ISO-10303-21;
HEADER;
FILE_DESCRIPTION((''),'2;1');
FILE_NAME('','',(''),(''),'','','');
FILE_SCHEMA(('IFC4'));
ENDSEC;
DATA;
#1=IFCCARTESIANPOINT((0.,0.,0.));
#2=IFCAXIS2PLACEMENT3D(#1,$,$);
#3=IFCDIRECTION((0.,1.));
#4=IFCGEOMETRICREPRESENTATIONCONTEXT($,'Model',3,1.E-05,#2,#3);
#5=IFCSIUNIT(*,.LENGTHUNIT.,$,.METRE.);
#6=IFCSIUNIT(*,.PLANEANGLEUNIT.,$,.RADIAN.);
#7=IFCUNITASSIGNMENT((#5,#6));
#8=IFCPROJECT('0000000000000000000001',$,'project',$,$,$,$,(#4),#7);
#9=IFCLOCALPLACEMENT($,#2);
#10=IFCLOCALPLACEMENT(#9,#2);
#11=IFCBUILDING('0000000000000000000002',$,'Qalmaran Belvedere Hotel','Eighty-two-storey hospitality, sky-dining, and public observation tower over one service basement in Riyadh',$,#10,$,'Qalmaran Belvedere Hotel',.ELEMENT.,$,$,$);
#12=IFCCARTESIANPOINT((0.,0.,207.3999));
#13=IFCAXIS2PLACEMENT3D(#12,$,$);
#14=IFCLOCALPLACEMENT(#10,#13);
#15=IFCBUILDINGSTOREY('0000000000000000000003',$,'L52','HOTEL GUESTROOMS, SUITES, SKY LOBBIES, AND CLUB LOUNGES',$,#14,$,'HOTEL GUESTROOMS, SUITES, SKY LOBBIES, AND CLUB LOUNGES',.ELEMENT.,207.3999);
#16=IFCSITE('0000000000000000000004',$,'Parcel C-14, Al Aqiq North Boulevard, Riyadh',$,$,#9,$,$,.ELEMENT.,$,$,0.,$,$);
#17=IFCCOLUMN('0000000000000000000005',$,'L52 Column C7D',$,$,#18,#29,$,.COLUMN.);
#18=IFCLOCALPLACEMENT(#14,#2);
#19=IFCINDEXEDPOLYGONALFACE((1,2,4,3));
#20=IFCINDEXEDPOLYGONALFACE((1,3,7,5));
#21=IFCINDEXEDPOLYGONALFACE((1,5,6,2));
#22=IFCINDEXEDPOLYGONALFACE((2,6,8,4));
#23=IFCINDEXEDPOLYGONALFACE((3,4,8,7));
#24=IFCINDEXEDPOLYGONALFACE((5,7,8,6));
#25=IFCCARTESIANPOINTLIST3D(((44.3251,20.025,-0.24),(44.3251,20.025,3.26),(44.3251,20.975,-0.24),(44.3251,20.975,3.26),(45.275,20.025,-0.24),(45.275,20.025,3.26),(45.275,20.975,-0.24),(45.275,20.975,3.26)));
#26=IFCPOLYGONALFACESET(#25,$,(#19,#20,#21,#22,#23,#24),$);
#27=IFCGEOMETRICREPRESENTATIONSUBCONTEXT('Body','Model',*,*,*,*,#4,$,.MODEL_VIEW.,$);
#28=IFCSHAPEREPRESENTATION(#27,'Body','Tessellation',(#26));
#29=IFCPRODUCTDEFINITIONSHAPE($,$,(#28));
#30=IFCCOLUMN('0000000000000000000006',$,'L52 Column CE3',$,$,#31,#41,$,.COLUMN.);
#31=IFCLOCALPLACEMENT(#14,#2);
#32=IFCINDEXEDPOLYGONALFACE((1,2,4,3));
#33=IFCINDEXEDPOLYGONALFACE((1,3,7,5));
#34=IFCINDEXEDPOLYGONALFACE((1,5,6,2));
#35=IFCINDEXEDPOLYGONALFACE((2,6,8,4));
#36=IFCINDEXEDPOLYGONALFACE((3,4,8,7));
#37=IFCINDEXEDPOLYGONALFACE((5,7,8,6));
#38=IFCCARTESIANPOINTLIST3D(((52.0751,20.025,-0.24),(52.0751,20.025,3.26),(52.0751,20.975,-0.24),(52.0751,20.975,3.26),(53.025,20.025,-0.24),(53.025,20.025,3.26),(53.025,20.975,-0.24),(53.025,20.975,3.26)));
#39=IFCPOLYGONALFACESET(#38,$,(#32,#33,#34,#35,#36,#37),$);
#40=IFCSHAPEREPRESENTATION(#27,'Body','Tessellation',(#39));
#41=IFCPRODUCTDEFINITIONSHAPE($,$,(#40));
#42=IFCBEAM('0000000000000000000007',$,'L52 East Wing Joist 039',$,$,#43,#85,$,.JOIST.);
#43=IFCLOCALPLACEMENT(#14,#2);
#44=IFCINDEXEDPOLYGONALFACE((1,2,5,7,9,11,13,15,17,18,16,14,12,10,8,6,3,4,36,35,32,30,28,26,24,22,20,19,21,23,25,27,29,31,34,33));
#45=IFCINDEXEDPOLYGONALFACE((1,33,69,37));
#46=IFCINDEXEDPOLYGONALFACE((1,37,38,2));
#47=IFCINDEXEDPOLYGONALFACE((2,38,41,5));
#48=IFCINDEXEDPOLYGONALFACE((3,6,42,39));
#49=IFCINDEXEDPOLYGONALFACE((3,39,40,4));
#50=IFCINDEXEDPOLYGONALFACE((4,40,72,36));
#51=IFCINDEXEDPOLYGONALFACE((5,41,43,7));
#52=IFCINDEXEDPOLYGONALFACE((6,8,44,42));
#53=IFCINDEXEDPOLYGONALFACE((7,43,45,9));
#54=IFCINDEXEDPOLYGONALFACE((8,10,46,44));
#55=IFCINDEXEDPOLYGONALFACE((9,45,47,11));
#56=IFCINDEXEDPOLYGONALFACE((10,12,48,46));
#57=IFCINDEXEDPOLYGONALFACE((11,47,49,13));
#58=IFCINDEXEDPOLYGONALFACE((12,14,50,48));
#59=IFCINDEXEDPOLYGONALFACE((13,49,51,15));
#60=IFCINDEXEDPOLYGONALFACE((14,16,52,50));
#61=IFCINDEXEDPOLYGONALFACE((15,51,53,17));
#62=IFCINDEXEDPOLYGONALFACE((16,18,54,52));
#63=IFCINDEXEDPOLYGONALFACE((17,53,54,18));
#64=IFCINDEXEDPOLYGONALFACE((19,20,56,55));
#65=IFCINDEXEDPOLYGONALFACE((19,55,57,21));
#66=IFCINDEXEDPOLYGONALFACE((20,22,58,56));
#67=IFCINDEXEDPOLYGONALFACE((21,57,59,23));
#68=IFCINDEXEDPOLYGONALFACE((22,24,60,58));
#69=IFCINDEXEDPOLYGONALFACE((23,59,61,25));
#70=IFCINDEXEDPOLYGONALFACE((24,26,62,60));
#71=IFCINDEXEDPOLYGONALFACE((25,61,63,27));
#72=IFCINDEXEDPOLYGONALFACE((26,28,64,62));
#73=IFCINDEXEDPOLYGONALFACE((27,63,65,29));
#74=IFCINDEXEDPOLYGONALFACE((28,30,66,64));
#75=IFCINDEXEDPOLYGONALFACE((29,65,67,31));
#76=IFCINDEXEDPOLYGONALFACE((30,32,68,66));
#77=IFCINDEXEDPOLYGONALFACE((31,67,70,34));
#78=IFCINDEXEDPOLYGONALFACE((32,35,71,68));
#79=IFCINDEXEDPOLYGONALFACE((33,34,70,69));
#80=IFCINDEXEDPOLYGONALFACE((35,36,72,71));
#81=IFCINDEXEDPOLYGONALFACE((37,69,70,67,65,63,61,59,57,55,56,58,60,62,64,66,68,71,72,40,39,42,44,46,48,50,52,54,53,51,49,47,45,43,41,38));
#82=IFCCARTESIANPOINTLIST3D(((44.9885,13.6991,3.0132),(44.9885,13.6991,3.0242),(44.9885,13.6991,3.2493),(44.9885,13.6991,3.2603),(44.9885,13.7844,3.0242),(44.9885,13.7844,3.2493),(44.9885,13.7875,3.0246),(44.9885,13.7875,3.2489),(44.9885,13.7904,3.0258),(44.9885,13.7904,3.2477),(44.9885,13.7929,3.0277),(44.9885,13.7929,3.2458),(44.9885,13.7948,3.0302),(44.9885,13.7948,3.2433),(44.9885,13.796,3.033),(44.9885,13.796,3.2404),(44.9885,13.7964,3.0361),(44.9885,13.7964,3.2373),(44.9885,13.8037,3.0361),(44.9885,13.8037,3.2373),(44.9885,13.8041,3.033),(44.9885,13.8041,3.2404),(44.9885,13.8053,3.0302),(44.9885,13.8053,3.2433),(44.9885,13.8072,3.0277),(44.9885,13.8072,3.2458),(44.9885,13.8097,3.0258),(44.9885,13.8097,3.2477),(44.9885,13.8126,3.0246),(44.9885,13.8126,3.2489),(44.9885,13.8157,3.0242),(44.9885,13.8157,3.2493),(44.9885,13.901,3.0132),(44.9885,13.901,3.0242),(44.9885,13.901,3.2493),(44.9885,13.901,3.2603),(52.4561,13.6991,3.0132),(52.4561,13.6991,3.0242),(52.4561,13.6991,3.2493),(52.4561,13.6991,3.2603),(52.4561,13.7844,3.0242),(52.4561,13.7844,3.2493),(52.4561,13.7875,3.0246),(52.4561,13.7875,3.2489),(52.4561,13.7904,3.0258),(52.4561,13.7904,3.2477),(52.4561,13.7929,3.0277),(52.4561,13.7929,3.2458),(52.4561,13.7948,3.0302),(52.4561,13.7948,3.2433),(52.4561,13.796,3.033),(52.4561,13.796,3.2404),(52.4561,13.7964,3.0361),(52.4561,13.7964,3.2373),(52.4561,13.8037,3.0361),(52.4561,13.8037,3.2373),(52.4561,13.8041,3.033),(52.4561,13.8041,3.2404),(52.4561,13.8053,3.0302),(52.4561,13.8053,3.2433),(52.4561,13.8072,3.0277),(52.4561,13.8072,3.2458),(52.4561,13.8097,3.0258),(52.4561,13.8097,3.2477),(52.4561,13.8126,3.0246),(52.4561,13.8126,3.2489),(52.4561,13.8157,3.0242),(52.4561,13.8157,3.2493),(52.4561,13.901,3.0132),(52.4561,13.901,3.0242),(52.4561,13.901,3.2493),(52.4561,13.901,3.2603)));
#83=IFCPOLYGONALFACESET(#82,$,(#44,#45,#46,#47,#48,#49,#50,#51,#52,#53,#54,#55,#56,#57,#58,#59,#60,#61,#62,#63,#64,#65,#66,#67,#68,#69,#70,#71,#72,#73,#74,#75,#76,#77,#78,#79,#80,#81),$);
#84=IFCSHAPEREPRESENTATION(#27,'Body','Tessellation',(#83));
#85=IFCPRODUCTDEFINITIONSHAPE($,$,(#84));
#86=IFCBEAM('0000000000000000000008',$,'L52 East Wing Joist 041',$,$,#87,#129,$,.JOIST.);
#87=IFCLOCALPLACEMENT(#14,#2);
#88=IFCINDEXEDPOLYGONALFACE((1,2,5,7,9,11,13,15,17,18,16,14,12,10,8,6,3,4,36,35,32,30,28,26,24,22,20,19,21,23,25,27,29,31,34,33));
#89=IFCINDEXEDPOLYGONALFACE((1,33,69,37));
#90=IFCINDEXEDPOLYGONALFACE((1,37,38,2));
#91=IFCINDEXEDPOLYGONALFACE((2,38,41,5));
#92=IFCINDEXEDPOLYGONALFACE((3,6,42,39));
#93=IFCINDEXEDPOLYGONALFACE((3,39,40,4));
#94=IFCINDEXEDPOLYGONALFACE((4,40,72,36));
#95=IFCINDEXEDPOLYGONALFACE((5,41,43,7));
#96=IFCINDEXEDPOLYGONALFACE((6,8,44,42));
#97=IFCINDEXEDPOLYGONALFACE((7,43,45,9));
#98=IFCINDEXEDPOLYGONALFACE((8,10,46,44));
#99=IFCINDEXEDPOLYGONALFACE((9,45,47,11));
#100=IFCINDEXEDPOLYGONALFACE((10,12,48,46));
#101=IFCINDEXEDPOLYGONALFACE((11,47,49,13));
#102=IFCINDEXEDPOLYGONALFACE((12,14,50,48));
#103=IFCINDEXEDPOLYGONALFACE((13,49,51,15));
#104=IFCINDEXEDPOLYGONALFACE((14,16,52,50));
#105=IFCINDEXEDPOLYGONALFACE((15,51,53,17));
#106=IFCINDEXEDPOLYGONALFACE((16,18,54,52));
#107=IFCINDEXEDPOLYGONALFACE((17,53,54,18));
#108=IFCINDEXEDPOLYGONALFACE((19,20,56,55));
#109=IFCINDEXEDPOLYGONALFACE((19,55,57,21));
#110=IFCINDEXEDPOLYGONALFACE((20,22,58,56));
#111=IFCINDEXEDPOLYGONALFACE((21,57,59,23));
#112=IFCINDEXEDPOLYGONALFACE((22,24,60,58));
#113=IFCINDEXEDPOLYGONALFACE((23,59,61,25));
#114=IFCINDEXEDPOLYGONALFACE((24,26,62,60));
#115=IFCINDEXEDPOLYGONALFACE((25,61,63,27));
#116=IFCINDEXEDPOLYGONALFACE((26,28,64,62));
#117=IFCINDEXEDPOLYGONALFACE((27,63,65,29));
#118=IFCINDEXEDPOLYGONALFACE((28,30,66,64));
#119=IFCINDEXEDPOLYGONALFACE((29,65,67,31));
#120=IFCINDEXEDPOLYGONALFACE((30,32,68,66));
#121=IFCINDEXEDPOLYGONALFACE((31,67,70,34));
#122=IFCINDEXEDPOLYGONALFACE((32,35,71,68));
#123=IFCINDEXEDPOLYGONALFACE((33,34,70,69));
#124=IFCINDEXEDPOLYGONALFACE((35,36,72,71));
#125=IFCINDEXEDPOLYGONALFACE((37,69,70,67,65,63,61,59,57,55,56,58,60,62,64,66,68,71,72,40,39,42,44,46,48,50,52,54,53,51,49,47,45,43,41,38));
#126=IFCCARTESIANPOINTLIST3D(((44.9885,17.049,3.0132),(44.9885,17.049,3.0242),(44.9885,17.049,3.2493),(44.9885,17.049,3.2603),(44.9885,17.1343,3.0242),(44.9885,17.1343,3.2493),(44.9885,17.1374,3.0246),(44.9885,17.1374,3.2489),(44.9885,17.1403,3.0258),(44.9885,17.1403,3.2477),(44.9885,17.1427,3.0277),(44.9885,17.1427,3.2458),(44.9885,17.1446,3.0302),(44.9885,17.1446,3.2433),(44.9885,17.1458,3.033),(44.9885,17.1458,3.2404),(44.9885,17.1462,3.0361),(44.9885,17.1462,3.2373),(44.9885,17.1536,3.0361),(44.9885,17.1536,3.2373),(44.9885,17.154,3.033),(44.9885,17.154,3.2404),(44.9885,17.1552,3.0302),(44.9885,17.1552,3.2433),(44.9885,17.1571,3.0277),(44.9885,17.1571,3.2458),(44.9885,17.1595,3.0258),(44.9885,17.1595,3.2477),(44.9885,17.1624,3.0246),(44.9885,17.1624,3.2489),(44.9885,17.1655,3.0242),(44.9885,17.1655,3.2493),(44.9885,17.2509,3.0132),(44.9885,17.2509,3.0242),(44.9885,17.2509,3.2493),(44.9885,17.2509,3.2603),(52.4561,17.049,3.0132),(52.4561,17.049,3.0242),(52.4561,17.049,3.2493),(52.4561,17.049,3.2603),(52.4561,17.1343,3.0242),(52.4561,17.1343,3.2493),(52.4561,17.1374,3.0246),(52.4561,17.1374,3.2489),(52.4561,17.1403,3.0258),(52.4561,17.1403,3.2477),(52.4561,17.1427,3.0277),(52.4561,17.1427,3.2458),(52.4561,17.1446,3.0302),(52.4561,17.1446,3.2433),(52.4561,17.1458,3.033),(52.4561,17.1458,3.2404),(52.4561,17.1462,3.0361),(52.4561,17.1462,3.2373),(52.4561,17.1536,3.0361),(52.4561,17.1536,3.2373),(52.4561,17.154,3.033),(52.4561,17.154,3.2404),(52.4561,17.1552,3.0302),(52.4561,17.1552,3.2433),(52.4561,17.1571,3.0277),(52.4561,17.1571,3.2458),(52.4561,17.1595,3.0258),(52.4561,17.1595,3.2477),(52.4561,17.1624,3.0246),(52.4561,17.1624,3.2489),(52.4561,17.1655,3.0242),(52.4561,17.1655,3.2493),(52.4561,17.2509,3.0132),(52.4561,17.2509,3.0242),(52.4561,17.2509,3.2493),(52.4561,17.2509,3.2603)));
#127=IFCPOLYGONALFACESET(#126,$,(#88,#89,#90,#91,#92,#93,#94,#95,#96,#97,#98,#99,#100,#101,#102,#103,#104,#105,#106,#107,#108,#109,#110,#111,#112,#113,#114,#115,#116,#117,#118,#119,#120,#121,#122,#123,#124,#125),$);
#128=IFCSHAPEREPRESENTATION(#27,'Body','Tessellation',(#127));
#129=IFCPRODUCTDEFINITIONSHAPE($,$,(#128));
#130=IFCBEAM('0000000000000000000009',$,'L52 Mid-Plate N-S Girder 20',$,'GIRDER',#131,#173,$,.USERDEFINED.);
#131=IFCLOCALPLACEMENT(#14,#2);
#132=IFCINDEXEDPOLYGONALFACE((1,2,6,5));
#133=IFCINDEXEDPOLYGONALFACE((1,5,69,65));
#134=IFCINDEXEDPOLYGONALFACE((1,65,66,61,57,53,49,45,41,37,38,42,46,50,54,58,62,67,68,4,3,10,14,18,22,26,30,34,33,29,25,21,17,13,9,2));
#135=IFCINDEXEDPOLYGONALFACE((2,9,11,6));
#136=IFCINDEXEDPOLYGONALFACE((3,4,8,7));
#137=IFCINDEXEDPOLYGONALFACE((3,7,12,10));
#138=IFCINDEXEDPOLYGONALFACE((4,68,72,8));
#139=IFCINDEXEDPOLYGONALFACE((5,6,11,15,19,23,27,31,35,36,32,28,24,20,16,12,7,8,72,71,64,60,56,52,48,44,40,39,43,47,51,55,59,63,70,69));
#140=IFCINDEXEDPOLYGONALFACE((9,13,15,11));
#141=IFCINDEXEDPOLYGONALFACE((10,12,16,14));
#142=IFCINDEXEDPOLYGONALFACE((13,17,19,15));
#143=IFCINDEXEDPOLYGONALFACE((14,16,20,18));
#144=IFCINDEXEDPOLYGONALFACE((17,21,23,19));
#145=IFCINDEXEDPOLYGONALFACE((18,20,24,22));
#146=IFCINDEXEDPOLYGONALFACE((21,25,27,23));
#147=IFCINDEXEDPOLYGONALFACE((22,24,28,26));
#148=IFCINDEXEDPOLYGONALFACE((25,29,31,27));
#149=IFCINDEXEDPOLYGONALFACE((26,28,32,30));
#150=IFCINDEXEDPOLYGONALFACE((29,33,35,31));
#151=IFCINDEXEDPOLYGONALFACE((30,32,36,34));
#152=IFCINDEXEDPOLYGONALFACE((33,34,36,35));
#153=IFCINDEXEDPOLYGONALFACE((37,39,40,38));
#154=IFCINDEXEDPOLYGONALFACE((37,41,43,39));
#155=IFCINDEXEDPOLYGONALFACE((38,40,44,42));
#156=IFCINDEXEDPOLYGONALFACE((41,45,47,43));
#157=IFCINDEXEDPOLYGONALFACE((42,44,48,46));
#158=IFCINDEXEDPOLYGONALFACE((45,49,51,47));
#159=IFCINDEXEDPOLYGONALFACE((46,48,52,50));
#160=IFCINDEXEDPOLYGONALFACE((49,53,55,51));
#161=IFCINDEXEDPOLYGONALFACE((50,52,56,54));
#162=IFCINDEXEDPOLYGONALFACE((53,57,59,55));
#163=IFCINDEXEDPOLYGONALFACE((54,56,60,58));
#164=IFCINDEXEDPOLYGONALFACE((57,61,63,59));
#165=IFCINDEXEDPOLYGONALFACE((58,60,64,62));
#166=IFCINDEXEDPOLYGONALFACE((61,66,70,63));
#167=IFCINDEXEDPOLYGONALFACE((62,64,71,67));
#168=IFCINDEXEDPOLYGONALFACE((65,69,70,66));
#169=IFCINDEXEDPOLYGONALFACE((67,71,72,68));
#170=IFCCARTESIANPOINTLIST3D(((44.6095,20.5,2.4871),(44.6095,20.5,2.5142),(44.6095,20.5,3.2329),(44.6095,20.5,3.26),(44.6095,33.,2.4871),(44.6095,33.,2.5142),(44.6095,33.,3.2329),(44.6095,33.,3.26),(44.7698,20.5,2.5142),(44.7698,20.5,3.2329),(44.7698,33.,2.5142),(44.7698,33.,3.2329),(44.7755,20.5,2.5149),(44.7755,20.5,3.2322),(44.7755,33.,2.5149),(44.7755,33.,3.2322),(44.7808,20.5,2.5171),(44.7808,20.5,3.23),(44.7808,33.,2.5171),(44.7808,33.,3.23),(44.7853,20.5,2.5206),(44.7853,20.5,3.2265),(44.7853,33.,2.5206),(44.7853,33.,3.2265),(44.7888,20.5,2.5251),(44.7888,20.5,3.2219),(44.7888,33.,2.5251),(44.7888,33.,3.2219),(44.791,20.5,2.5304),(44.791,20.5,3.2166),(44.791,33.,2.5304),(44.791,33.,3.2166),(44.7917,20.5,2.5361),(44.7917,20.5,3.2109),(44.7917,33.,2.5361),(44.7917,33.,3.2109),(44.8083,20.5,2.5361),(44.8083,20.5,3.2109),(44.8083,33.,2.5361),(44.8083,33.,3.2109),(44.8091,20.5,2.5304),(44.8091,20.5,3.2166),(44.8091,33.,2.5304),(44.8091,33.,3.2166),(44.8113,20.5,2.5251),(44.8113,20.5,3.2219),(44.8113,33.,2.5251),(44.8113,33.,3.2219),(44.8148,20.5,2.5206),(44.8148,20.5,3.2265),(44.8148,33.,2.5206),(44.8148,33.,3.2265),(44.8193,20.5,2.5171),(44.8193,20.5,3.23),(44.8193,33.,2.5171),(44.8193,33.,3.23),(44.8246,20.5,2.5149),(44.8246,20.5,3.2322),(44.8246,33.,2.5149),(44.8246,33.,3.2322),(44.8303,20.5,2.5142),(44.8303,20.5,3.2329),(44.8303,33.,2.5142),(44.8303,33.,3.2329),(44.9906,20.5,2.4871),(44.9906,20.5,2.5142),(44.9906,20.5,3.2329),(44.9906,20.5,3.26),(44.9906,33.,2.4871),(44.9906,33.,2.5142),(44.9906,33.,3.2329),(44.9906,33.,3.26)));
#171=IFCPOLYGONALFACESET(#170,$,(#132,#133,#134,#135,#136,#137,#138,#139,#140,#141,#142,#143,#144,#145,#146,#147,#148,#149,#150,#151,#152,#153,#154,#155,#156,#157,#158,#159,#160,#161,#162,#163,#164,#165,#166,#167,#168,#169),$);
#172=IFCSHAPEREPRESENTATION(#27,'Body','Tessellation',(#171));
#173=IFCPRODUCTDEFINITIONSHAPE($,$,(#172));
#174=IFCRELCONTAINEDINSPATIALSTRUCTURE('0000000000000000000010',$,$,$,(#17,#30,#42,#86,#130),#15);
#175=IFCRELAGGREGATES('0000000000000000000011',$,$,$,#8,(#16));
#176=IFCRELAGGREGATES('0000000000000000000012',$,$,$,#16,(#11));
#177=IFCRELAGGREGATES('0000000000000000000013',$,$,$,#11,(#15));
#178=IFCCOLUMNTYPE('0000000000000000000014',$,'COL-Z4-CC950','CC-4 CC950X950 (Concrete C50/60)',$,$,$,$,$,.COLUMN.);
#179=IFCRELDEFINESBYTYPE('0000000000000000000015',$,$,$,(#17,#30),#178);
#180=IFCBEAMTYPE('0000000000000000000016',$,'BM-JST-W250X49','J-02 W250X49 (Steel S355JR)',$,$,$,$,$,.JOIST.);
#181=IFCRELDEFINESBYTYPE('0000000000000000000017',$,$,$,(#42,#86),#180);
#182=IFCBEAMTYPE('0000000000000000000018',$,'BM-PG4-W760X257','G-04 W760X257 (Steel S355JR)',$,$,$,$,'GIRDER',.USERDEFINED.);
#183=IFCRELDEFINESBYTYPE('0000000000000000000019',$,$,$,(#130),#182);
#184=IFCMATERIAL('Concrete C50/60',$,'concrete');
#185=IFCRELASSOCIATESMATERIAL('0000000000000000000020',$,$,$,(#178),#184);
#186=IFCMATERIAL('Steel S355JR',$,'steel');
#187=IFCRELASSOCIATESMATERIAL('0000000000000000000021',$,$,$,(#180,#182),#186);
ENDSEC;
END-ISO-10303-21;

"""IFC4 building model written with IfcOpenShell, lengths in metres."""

from ifc_helpers import new_model, si_unit, direction, frame, origin, origin_2d, place, context, subcontext, project, spatial, rectangle, i_section, extrude, material, material_profile, profile_set, type_object, element, save


model = new_model("IFC4")

# Units and contexts
model_context = context("Model", 3, precision=1e-05, world=origin(), true_north=direction((0.0, 1.0)))
body_context = subcontext(model_context, "Body", "Model", "MODEL_VIEW")
ifc_project = project(units=[si_unit("LENGTHUNIT", "METRE"), si_unit("PLANEANGLEUNIT", "RADIAN")], contexts=[model_context])

# Site, building, storey
site_placement = place(None, origin())
site = spatial("IfcSite", under=ifc_project, at=site_placement, Name="Parcel C-14, Al Aqiq North Boulevard, Riyadh", CompositionType="ELEMENT", RefElevation=0.0)
building_placement = place(site_placement, origin())
building = spatial("IfcBuilding", under=site, at=building_placement, Name="Qalmaran Belvedere Hotel", Description="Eighty-two-storey hospitality, sky-dining, and public observation tower over one service basement in Riyadh", LongName="Qalmaran Belvedere Hotel", CompositionType="ELEMENT")
storey_placement = place(building_placement, frame((0.0, 0.0, 207.3999)))
storey = spatial("IfcBuildingStorey", under=building, at=storey_placement, Name="L52", Description="HOTEL GUESTROOMS, SUITES, SKY LOBBIES, AND CLUB LOUNGES", LongName="HOTEL GUESTROOMS, SUITES, SKY LOBBIES, AND CLUB LOUNGES", CompositionType="ELEMENT", Elevation=207.3999)

# Columns
ifc_material_1 = material(Name="Concrete C50/60", Category="concrete")
ifc_material_profile_1 = material_profile(ifc_material_1, rectangle(XDim=0.95, YDim=0.95, at=origin_2d()), Name="CC950X950")
ifc_profile_set_1 = profile_set([ifc_material_profile_1], Name="Concrete C50/60")
column_type = type_object("IfcColumnType", Name="COL-Z4-CC950", Description="CC-4 CC950X950 (Concrete C50/60)", PredefinedType="COLUMN", material=ifc_profile_set_1)
for number, where, z_axis, x_axis, name in (
    (1, (44.8, 20.5, -0.24), (0.0, 0.0, 1.0), (1.0, 0.0, 0.0), "L52 Column C7D"),
    (2, (52.55, 20.5, -0.24), (0.0, 0.0, 1.0), (1.0, 0.0, 0.0), "L52 Column CE3"),
):
    element("IfcColumn", number, at=place(storey_placement, frame(where, z_axis=z_axis, x_axis=x_axis)), inside=storey, type_object=column_type, Name=name, PredefinedType="COLUMN", context=body_context, shape_type="SweptSolid", body=[
        extrude(rectangle(XDim=0.95, YDim=0.95, at=origin_2d()), origin(), (0.0, 0.0, 1.0), 3.5),
    ])

# Beams
ifc_material_2 = material(Name="Steel S355JR", Category="steel")
ifc_material_profile_2 = material_profile(ifc_material_2, i_section(OverallWidth=0.2019, OverallDepth=0.2471, WebThickness=0.0073, FlangeThickness=0.011, FilletRadius=0.012, at=origin_2d()), Name="W250X49")
ifc_profile_set_2 = profile_set([ifc_material_profile_2], Name="Steel S355JR")
beam_type_1 = type_object("IfcBeamType", Name="BM-JST-W250X49", Description="J-02 W250X49 (Steel S355JR)", PredefinedType="JOIST", material=ifc_profile_set_2)
for number, where, z_axis, x_axis, name in (
    (3, (44.9885, 13.8, 3.1367), (1.0, 0.0, 0.0), (0.0, 1.0, 0.0), "L52 East Wing Joist 039"),
    (4, (44.9885, 17.1499, 3.1367), (1.0, 0.0, 0.0), (0.0, 1.0, 0.0), "L52 East Wing Joist 041"),
):
    element("IfcBeam", number, at=place(storey_placement, frame(where, z_axis=z_axis, x_axis=x_axis)), inside=storey, type_object=beam_type_1, Name=name, PredefinedType="JOIST", context=body_context, shape_type="SweptSolid", body=[
        extrude(i_section(OverallWidth=0.2019, OverallDepth=0.2471, WebThickness=0.0073, FlangeThickness=0.011, FilletRadius=0.012, at=origin_2d()), origin(), (0.0, 0.0, 1.0), 7.4675),
    ])
ifc_material_profile_3 = material_profile(ifc_material_2, i_section(OverallWidth=0.3811, OverallDepth=0.7729, WebThickness=0.0166, FlangeThickness=0.0271, FilletRadius=0.022, at=origin_2d()), Name="W760X257")
ifc_profile_set_3 = profile_set([ifc_material_profile_3], Name="Steel S355JR")
beam_type_2 = type_object("IfcBeamType", Name="BM-PG4-W760X257", Description="G-04 W760X257 (Steel S355JR)", ElementType="GIRDER", PredefinedType="USERDEFINED", material=ifc_profile_set_3)
beam_1_placement = place(storey_placement, frame((44.8, 20.5, 2.8735), z_axis=(0.0, 1.0, 0.0), x_axis=(-1.0, 0.0, 0.0)))
element("IfcBeam", 5, at=beam_1_placement, inside=storey, type_object=beam_type_2, Name="L52 Mid-Plate N-S Girder 20", ObjectType="GIRDER", PredefinedType="USERDEFINED", context=body_context, shape_type="SweptSolid", body=[
    extrude(i_section(OverallWidth=0.3811, OverallDepth=0.7729, WebThickness=0.0166, FlangeThickness=0.0271, FilletRadius=0.022, at=origin_2d()), origin(), (0.0, 0.0, 1.0), 12.5),
])

save(model, "model.ifc")
